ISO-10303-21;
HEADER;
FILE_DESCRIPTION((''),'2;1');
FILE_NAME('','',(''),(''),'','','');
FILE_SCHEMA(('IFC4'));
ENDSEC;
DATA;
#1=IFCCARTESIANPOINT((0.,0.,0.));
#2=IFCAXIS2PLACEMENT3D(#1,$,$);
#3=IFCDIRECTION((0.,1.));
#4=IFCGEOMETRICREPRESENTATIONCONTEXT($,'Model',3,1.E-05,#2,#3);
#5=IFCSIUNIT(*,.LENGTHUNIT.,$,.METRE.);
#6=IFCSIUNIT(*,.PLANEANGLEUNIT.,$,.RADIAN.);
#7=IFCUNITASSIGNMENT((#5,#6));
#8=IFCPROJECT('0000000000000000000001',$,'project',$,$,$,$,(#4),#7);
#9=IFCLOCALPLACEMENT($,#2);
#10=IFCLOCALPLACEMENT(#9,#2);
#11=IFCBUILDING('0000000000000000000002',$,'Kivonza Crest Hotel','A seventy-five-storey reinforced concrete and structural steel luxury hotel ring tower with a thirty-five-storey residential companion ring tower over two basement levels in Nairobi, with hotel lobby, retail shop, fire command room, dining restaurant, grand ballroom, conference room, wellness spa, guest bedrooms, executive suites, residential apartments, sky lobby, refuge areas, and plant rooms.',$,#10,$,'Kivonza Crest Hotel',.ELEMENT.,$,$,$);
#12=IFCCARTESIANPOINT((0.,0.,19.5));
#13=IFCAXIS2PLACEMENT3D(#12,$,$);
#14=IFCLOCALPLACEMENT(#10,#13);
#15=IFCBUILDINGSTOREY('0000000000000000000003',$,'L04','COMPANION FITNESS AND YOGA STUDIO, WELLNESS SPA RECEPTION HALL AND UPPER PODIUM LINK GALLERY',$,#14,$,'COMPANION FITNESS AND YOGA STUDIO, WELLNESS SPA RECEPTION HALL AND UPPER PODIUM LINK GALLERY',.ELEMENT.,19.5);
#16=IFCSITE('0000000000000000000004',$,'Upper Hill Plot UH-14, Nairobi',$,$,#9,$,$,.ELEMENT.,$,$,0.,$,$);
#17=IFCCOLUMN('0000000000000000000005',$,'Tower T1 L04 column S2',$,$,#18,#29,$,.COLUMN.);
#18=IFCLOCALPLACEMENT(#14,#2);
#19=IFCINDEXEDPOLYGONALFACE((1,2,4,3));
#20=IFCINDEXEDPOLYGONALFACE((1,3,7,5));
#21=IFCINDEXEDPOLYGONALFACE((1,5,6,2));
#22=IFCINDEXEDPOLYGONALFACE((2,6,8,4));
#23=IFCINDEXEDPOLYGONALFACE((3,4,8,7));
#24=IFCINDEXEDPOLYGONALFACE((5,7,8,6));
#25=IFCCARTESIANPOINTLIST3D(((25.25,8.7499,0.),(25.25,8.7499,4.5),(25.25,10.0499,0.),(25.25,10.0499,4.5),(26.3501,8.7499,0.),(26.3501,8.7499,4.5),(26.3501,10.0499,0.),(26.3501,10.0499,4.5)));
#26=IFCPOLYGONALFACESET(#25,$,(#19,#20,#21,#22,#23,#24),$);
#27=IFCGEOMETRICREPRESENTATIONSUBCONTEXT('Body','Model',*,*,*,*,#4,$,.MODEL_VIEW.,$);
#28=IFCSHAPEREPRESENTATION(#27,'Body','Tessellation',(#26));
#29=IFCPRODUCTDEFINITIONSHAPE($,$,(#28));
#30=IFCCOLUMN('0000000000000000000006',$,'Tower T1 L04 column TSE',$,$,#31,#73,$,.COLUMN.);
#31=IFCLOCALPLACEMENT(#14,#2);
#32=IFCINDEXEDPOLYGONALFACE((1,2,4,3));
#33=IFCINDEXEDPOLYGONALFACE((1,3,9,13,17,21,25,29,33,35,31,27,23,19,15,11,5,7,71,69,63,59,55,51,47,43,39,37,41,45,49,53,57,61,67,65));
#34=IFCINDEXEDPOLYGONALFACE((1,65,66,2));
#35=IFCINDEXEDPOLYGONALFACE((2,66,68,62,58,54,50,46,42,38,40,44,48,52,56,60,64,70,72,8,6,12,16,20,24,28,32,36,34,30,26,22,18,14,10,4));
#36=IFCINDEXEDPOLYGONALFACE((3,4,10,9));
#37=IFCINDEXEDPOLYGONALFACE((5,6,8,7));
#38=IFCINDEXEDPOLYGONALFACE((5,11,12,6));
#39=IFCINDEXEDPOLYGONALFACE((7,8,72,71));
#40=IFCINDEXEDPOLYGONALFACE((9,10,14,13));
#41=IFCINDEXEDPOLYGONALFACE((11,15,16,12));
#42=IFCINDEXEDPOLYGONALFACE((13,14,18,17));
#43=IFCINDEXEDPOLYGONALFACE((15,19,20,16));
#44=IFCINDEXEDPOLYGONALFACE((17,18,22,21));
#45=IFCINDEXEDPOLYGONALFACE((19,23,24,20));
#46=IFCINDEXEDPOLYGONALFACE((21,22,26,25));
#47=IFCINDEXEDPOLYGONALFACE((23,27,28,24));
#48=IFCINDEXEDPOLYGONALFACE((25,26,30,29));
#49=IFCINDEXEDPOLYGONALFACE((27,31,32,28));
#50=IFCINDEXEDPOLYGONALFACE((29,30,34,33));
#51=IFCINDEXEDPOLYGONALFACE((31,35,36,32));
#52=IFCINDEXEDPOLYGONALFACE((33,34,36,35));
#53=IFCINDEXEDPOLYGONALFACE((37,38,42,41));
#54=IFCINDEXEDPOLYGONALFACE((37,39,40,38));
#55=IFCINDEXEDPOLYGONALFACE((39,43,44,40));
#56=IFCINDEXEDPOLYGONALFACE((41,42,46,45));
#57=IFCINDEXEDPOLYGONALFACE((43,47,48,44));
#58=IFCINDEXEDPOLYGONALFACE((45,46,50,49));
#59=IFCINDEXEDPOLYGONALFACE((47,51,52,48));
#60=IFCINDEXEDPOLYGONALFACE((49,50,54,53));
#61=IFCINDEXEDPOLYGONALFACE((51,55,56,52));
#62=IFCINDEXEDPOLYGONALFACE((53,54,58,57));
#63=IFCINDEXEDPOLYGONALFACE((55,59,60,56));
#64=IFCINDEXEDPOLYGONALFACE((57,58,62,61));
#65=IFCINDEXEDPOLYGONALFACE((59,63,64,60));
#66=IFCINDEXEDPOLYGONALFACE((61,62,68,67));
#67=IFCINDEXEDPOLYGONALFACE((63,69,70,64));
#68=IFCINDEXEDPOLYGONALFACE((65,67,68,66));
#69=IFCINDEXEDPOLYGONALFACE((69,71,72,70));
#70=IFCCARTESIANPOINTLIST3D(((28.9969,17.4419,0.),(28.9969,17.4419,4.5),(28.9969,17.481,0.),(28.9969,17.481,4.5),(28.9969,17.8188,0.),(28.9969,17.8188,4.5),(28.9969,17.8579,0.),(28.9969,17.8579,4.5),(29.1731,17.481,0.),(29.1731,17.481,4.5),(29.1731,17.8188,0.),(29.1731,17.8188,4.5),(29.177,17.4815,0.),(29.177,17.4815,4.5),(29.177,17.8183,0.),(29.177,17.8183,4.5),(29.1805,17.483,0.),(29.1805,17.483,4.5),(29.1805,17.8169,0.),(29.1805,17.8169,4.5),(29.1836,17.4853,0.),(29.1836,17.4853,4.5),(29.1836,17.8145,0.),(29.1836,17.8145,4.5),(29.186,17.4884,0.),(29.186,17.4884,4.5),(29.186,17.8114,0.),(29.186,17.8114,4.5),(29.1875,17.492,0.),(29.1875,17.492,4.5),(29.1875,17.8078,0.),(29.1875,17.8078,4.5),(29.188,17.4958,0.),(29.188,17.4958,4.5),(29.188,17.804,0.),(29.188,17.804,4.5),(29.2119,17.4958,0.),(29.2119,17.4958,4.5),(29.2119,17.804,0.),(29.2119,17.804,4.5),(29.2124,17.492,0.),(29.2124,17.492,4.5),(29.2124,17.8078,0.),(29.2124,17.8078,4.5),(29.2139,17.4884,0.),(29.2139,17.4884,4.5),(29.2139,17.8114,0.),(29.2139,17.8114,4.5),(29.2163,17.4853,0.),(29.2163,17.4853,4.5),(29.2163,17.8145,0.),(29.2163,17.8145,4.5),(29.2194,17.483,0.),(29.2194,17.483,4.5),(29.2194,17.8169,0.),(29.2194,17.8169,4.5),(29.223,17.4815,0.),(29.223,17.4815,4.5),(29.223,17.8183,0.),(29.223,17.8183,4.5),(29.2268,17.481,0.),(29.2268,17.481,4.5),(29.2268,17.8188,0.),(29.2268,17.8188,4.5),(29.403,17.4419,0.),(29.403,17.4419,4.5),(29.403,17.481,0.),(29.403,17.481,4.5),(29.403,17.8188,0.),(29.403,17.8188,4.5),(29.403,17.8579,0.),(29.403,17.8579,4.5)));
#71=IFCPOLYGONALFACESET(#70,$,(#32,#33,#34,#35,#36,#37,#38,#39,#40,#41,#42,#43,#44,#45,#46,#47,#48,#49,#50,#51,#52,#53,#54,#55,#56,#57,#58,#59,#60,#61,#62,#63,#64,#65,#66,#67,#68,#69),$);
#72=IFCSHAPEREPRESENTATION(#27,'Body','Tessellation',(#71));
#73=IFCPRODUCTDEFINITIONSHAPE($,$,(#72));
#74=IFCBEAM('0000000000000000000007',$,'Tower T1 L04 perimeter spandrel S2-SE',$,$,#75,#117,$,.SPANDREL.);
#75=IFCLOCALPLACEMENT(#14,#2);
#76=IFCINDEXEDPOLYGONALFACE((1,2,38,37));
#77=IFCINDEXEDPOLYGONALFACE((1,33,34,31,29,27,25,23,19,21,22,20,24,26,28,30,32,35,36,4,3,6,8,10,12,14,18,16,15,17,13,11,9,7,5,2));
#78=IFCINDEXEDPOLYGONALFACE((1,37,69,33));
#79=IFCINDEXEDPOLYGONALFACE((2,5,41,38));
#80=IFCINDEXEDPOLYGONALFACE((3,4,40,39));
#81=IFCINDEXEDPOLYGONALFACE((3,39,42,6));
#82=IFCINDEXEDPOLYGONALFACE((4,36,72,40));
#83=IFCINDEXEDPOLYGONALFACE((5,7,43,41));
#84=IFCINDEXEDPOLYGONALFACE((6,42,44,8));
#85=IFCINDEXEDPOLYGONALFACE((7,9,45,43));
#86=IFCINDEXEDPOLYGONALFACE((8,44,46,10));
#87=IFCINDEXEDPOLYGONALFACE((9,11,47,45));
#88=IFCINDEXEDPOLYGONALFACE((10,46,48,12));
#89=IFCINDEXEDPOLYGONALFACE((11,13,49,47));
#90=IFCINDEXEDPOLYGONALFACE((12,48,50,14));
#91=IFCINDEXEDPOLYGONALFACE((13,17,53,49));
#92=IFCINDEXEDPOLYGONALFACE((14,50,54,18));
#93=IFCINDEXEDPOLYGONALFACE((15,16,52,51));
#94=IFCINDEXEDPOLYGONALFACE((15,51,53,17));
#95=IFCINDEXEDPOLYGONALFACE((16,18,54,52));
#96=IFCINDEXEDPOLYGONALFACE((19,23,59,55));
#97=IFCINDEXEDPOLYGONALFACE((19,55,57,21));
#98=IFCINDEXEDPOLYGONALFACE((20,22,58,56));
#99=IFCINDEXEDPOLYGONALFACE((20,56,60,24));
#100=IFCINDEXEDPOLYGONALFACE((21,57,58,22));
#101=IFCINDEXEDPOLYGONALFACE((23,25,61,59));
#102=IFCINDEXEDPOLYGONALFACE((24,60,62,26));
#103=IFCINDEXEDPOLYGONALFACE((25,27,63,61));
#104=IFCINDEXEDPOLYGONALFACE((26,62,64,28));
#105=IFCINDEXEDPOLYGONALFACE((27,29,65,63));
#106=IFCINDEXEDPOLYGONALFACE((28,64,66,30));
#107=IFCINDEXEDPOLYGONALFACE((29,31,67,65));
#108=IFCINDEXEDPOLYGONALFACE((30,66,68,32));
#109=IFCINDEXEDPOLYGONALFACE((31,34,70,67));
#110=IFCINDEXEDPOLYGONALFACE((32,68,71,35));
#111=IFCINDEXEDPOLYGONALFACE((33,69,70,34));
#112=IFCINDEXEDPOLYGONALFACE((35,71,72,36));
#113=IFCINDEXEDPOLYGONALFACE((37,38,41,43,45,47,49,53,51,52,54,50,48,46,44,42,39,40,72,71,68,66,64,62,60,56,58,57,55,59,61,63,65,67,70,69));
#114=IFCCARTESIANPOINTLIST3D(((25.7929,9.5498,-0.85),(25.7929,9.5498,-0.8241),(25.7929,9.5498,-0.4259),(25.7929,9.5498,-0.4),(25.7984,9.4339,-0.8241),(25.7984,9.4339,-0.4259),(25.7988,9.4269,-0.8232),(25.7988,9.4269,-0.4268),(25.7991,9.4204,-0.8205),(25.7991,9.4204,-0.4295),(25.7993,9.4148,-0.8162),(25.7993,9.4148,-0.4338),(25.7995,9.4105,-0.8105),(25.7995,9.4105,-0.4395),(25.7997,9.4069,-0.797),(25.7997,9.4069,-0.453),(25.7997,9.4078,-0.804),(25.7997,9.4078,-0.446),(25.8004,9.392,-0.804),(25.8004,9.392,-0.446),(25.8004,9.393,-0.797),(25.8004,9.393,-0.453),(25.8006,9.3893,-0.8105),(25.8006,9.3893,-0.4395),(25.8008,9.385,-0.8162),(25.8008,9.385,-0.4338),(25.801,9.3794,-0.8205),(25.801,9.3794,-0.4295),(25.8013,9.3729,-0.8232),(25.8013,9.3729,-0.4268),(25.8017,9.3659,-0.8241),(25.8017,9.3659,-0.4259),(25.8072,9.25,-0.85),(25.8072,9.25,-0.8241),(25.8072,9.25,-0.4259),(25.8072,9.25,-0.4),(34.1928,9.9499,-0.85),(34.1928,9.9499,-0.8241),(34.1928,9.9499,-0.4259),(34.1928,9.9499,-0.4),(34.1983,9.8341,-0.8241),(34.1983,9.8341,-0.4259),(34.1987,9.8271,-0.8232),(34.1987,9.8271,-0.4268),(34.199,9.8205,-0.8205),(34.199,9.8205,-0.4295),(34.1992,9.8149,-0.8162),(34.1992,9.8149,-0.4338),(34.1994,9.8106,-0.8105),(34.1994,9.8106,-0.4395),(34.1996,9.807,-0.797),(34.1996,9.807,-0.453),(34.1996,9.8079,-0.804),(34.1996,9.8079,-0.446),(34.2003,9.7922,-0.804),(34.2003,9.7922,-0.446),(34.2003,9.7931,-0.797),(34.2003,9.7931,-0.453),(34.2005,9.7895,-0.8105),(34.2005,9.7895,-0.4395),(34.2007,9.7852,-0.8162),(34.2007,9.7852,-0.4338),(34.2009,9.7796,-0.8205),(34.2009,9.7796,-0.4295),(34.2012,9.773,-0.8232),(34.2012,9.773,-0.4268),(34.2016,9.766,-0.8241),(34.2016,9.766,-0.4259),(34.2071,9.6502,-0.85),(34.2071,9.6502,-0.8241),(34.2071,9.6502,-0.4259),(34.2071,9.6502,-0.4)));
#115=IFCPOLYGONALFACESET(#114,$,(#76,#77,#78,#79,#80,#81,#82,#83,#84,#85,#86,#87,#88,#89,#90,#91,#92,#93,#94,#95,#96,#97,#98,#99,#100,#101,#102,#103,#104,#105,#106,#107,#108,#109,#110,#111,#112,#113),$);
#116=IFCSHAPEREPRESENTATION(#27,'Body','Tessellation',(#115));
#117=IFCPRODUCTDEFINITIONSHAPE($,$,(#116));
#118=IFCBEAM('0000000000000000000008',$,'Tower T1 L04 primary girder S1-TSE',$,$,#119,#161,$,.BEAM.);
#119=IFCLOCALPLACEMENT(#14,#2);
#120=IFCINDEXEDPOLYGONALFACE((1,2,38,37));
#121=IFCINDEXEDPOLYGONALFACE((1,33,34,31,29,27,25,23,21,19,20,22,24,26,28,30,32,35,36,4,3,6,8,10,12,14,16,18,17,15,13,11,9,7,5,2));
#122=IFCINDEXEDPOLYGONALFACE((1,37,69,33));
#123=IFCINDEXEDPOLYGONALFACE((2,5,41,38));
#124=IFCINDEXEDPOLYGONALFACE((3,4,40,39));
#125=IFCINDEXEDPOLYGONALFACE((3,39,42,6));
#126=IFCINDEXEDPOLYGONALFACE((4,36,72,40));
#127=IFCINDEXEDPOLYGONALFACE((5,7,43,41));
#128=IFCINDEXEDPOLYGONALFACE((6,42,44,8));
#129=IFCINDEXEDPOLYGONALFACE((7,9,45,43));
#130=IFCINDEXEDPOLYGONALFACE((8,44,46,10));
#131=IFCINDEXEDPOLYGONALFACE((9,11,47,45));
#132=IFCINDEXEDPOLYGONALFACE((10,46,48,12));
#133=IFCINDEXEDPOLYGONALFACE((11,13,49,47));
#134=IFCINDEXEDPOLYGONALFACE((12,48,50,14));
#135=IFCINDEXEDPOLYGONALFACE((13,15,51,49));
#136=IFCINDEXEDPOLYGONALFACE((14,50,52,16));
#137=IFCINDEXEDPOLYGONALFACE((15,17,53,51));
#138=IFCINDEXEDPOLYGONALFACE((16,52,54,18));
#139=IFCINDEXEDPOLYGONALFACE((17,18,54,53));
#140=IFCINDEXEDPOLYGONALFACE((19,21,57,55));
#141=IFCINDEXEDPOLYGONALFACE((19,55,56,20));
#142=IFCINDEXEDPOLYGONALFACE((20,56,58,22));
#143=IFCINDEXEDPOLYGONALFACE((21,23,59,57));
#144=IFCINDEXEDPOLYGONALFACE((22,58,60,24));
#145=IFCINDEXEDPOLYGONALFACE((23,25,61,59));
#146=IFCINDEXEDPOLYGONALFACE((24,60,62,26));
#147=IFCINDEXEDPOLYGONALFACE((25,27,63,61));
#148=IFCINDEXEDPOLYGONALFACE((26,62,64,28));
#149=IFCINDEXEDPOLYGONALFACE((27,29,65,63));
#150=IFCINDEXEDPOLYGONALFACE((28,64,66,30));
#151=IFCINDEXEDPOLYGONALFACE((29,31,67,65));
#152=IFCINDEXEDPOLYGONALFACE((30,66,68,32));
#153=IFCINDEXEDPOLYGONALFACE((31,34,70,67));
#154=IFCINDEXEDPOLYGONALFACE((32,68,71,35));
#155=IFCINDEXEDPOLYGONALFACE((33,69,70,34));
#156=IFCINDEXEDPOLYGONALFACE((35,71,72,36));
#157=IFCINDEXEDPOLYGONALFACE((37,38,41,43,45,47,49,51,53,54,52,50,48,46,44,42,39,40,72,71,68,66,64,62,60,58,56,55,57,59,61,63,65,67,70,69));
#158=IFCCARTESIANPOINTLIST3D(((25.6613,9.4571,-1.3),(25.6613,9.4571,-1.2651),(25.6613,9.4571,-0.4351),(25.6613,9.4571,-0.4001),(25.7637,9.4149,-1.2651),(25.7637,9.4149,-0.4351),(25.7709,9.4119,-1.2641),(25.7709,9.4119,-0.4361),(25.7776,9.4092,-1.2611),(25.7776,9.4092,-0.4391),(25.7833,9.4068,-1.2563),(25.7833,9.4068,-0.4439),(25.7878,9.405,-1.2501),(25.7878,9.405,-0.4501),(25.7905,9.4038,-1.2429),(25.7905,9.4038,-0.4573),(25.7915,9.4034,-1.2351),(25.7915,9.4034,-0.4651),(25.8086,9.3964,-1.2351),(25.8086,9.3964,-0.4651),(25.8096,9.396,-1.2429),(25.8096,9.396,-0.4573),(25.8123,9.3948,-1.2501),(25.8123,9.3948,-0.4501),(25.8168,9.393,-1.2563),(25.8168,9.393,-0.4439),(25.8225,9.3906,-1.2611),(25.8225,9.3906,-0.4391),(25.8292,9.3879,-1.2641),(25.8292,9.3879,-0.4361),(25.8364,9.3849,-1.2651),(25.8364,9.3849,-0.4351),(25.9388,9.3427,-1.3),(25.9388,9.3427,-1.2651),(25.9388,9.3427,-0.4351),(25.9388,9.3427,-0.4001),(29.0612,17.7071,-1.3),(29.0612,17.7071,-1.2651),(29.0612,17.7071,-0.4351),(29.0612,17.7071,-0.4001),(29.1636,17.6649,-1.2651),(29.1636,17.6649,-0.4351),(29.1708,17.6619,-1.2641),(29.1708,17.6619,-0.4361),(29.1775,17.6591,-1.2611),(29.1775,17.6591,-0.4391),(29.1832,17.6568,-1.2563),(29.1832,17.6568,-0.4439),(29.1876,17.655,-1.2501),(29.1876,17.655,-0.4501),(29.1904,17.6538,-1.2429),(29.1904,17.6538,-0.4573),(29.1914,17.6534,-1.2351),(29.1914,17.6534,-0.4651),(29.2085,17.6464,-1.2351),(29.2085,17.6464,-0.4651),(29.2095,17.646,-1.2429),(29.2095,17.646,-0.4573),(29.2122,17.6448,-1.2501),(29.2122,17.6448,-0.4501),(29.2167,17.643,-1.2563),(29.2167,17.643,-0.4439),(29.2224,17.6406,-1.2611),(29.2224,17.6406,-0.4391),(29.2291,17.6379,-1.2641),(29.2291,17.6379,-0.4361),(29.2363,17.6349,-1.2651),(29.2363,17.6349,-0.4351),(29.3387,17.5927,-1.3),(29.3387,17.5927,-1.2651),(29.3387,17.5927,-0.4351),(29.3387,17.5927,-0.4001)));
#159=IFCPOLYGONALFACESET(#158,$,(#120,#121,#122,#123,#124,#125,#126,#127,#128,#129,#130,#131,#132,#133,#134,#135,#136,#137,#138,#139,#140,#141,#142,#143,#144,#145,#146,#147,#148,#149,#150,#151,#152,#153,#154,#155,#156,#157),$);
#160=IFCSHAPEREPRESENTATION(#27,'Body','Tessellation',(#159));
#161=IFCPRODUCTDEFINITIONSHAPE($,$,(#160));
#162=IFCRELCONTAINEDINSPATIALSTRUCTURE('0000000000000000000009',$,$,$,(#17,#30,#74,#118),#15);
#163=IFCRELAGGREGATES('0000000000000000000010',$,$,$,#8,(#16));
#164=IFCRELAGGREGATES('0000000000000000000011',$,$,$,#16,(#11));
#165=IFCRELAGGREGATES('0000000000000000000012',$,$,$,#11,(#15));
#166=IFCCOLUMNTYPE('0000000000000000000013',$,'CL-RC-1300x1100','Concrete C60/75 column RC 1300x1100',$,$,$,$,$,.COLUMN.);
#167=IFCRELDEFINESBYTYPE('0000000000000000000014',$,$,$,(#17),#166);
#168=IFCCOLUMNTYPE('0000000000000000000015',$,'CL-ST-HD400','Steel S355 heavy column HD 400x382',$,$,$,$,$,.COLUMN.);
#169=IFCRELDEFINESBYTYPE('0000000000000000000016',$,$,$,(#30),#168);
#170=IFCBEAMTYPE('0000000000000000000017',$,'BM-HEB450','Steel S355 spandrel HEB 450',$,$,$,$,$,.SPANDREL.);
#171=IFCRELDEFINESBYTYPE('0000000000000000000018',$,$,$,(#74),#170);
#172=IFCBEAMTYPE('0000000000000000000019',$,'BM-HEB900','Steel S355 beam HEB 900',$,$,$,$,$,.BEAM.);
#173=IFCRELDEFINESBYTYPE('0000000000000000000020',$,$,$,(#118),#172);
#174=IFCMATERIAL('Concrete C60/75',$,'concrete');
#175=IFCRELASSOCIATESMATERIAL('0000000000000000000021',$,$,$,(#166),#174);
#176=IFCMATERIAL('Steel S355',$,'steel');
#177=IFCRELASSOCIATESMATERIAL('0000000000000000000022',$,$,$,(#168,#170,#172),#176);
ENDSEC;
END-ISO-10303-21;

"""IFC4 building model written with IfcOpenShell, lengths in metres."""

from ifc_helpers import new_model, si_unit, direction, frame, origin, origin_2d, place, context, subcontext, project, spatial, rectangle, i_section, extrude, material, material_profile, profile_set, type_object, element, save


model = new_model("IFC4")

# Units and contexts
model_context = context("Model", 3, precision=1e-05, world=origin(), true_north=direction((0.0, 1.0)))
body_context = subcontext(model_context, "Body", "Model", "MODEL_VIEW")
ifc_project = project(units=[si_unit("LENGTHUNIT", "METRE"), si_unit("PLANEANGLEUNIT", "RADIAN")], contexts=[model_context])

# Site, building, storey
site_placement = place(None, origin())
site = spatial("IfcSite", under=ifc_project, at=site_placement, Name="Upper Hill Plot UH-14, Nairobi", CompositionType="ELEMENT", RefElevation=0.0)
building_placement = place(site_placement, origin())
building = spatial("IfcBuilding", under=site, at=building_placement, Name="Kivonza Crest Hotel", Description="A seventy-five-storey reinforced concrete and structural steel luxury hotel ring tower with a thirty-five-storey residential companion ring tower over two basement levels in Nairobi, with hotel lobby, retail shop, fire command room, dining restaurant, grand ballroom, conference room, wellness spa, guest bedrooms, executive suites, residential apartments, sky lobby, refuge areas, and plant rooms.", LongName="Kivonza Crest Hotel", CompositionType="ELEMENT")
storey_placement = place(building_placement, frame((0.0, 0.0, 19.5)))
storey = spatial("IfcBuildingStorey", under=building, at=storey_placement, Name="L04", Description="COMPANION FITNESS AND YOGA STUDIO, WELLNESS SPA RECEPTION HALL AND UPPER PODIUM LINK GALLERY", LongName="COMPANION FITNESS AND YOGA STUDIO, WELLNESS SPA RECEPTION HALL AND UPPER PODIUM LINK GALLERY", CompositionType="ELEMENT", Elevation=19.5)

# Columns
ifc_material_1 = material(Name="Concrete C60/75", Category="concrete")
ifc_material_profile_1 = material_profile(ifc_material_1, rectangle(XDim=1.1001, YDim=1.3, at=origin_2d()), Name="RC 1300x1100")
ifc_profile_set_1 = profile_set([ifc_material_profile_1], Name="Concrete C60/75")
column_type_1 = type_object("IfcColumnType", Name="CL-RC-1300x1100", Description="Concrete C60/75 column RC 1300x1100", PredefinedType="COLUMN", material=ifc_profile_set_1)
column_1_placement = place(storey_placement, frame((25.8, 9.3999, 0.0), z_axis=(0.0, 0.0, 1.0), x_axis=(1.0, 0.0, 0.0)))
element("IfcColumn", 1, at=column_1_placement, inside=storey, type_object=column_type_1, Name="Tower T1 L04 column S2", PredefinedType="COLUMN", context=body_context, shape_type="SweptSolid", body=[
    extrude(rectangle(XDim=1.1001, YDim=1.3, at=origin_2d()), origin(), (0.0, 0.0, 1.0), 4.5),
])
ifc_material_2 = material(Name="Steel S355", Category="steel")
ifc_material_profile_2 = material_profile(ifc_material_2, i_section(OverallWidth=0.406, OverallDepth=0.416, WebThickness=0.0239, FlangeThickness=0.0391, FilletRadius=0.0149, at=origin_2d()), Name="HD 400x382")
ifc_profile_set_2 = profile_set([ifc_material_profile_2], Name="Steel S355")
column_type_2 = type_object("IfcColumnType", Name="CL-ST-HD400", Description="Steel S355 heavy column HD 400x382", PredefinedType="COLUMN", material=ifc_profile_set_2)
column_2_placement = place(storey_placement, frame((29.2, 17.6499, 0.0), z_axis=(0.0, 0.0, 1.0), x_axis=(1.0, 0.0, 0.0)))
element("IfcColumn", 2, at=column_2_placement, inside=storey, type_object=column_type_2, Name="Tower T1 L04 column TSE", PredefinedType="COLUMN", context=body_context, shape_type="SweptSolid", body=[
    extrude(i_section(OverallWidth=0.406, OverallDepth=0.416, WebThickness=0.0239, FlangeThickness=0.0391, FilletRadius=0.0149, at=origin_2d()), origin(), (0.0, 0.0, 1.0), 4.5),
])

# Beams
ifc_material_profile_3 = material_profile(ifc_material_2, i_section(OverallWidth=0.3, OverallDepth=0.45, WebThickness=0.0139, FlangeThickness=0.0259, FilletRadius=0.0271, at=origin_2d()), Name="HEB 450")
ifc_profile_set_3 = profile_set([ifc_material_profile_3], Name="Steel S355")
beam_type_1 = type_object("IfcBeamType", Name="BM-HEB450", Description="Steel S355 spandrel HEB 450", PredefinedType="SPANDREL", material=ifc_profile_set_3)
beam_1_placement = place(storey_placement, frame((25.8, 9.3999, -0.625), z_axis=(0.998867, 0.047583, 0.0), x_axis=(-0.047583, 0.998867, 0.0)))
element("IfcBeam", 3, at=beam_1_placement, inside=storey, type_object=beam_type_1, Name="Tower T1 L04 perimeter spandrel S2-SE", PredefinedType="SPANDREL", context=body_context, shape_type="SweptSolid", body=[
    extrude(i_section(OverallWidth=0.3, OverallDepth=0.45, WebThickness=0.0139, FlangeThickness=0.0259, FilletRadius=0.0271, at=origin_2d()), origin(), (0.0, 0.0, 1.0), 8.4094),
])
ifc_material_profile_4 = material_profile(ifc_material_2, i_section(OverallWidth=0.3, OverallDepth=0.8999, WebThickness=0.0186, FlangeThickness=0.0349, FilletRadius=0.03, at=origin_2d()), Name="HEB 900")
ifc_profile_set_4 = profile_set([ifc_material_profile_4], Name="Steel S355")
beam_type_2 = type_object("IfcBeamType", Name="BM-HEB900", Description="Steel S355 beam HEB 900", PredefinedType="BEAM", material=ifc_profile_set_4)
beam_2_placement = place(storey_placement, frame((25.8, 9.3999, -0.8501), z_axis=(0.381022, 0.924566, 0.0), x_axis=(-0.924566, 0.381022, 0.0)))
element("IfcBeam", 4, at=beam_2_placement, inside=storey, type_object=beam_type_2, Name="Tower T1 L04 primary girder S1-TSE", PredefinedType="BEAM", context=body_context, shape_type="SweptSolid", body=[
    extrude(i_section(OverallWidth=0.3, OverallDepth=0.8999, WebThickness=0.0186, FlangeThickness=0.0349, FilletRadius=0.03, at=origin_2d()), origin(), (0.0, 0.0, 1.0), 8.9231),
])

save(model, "model.ifc")
